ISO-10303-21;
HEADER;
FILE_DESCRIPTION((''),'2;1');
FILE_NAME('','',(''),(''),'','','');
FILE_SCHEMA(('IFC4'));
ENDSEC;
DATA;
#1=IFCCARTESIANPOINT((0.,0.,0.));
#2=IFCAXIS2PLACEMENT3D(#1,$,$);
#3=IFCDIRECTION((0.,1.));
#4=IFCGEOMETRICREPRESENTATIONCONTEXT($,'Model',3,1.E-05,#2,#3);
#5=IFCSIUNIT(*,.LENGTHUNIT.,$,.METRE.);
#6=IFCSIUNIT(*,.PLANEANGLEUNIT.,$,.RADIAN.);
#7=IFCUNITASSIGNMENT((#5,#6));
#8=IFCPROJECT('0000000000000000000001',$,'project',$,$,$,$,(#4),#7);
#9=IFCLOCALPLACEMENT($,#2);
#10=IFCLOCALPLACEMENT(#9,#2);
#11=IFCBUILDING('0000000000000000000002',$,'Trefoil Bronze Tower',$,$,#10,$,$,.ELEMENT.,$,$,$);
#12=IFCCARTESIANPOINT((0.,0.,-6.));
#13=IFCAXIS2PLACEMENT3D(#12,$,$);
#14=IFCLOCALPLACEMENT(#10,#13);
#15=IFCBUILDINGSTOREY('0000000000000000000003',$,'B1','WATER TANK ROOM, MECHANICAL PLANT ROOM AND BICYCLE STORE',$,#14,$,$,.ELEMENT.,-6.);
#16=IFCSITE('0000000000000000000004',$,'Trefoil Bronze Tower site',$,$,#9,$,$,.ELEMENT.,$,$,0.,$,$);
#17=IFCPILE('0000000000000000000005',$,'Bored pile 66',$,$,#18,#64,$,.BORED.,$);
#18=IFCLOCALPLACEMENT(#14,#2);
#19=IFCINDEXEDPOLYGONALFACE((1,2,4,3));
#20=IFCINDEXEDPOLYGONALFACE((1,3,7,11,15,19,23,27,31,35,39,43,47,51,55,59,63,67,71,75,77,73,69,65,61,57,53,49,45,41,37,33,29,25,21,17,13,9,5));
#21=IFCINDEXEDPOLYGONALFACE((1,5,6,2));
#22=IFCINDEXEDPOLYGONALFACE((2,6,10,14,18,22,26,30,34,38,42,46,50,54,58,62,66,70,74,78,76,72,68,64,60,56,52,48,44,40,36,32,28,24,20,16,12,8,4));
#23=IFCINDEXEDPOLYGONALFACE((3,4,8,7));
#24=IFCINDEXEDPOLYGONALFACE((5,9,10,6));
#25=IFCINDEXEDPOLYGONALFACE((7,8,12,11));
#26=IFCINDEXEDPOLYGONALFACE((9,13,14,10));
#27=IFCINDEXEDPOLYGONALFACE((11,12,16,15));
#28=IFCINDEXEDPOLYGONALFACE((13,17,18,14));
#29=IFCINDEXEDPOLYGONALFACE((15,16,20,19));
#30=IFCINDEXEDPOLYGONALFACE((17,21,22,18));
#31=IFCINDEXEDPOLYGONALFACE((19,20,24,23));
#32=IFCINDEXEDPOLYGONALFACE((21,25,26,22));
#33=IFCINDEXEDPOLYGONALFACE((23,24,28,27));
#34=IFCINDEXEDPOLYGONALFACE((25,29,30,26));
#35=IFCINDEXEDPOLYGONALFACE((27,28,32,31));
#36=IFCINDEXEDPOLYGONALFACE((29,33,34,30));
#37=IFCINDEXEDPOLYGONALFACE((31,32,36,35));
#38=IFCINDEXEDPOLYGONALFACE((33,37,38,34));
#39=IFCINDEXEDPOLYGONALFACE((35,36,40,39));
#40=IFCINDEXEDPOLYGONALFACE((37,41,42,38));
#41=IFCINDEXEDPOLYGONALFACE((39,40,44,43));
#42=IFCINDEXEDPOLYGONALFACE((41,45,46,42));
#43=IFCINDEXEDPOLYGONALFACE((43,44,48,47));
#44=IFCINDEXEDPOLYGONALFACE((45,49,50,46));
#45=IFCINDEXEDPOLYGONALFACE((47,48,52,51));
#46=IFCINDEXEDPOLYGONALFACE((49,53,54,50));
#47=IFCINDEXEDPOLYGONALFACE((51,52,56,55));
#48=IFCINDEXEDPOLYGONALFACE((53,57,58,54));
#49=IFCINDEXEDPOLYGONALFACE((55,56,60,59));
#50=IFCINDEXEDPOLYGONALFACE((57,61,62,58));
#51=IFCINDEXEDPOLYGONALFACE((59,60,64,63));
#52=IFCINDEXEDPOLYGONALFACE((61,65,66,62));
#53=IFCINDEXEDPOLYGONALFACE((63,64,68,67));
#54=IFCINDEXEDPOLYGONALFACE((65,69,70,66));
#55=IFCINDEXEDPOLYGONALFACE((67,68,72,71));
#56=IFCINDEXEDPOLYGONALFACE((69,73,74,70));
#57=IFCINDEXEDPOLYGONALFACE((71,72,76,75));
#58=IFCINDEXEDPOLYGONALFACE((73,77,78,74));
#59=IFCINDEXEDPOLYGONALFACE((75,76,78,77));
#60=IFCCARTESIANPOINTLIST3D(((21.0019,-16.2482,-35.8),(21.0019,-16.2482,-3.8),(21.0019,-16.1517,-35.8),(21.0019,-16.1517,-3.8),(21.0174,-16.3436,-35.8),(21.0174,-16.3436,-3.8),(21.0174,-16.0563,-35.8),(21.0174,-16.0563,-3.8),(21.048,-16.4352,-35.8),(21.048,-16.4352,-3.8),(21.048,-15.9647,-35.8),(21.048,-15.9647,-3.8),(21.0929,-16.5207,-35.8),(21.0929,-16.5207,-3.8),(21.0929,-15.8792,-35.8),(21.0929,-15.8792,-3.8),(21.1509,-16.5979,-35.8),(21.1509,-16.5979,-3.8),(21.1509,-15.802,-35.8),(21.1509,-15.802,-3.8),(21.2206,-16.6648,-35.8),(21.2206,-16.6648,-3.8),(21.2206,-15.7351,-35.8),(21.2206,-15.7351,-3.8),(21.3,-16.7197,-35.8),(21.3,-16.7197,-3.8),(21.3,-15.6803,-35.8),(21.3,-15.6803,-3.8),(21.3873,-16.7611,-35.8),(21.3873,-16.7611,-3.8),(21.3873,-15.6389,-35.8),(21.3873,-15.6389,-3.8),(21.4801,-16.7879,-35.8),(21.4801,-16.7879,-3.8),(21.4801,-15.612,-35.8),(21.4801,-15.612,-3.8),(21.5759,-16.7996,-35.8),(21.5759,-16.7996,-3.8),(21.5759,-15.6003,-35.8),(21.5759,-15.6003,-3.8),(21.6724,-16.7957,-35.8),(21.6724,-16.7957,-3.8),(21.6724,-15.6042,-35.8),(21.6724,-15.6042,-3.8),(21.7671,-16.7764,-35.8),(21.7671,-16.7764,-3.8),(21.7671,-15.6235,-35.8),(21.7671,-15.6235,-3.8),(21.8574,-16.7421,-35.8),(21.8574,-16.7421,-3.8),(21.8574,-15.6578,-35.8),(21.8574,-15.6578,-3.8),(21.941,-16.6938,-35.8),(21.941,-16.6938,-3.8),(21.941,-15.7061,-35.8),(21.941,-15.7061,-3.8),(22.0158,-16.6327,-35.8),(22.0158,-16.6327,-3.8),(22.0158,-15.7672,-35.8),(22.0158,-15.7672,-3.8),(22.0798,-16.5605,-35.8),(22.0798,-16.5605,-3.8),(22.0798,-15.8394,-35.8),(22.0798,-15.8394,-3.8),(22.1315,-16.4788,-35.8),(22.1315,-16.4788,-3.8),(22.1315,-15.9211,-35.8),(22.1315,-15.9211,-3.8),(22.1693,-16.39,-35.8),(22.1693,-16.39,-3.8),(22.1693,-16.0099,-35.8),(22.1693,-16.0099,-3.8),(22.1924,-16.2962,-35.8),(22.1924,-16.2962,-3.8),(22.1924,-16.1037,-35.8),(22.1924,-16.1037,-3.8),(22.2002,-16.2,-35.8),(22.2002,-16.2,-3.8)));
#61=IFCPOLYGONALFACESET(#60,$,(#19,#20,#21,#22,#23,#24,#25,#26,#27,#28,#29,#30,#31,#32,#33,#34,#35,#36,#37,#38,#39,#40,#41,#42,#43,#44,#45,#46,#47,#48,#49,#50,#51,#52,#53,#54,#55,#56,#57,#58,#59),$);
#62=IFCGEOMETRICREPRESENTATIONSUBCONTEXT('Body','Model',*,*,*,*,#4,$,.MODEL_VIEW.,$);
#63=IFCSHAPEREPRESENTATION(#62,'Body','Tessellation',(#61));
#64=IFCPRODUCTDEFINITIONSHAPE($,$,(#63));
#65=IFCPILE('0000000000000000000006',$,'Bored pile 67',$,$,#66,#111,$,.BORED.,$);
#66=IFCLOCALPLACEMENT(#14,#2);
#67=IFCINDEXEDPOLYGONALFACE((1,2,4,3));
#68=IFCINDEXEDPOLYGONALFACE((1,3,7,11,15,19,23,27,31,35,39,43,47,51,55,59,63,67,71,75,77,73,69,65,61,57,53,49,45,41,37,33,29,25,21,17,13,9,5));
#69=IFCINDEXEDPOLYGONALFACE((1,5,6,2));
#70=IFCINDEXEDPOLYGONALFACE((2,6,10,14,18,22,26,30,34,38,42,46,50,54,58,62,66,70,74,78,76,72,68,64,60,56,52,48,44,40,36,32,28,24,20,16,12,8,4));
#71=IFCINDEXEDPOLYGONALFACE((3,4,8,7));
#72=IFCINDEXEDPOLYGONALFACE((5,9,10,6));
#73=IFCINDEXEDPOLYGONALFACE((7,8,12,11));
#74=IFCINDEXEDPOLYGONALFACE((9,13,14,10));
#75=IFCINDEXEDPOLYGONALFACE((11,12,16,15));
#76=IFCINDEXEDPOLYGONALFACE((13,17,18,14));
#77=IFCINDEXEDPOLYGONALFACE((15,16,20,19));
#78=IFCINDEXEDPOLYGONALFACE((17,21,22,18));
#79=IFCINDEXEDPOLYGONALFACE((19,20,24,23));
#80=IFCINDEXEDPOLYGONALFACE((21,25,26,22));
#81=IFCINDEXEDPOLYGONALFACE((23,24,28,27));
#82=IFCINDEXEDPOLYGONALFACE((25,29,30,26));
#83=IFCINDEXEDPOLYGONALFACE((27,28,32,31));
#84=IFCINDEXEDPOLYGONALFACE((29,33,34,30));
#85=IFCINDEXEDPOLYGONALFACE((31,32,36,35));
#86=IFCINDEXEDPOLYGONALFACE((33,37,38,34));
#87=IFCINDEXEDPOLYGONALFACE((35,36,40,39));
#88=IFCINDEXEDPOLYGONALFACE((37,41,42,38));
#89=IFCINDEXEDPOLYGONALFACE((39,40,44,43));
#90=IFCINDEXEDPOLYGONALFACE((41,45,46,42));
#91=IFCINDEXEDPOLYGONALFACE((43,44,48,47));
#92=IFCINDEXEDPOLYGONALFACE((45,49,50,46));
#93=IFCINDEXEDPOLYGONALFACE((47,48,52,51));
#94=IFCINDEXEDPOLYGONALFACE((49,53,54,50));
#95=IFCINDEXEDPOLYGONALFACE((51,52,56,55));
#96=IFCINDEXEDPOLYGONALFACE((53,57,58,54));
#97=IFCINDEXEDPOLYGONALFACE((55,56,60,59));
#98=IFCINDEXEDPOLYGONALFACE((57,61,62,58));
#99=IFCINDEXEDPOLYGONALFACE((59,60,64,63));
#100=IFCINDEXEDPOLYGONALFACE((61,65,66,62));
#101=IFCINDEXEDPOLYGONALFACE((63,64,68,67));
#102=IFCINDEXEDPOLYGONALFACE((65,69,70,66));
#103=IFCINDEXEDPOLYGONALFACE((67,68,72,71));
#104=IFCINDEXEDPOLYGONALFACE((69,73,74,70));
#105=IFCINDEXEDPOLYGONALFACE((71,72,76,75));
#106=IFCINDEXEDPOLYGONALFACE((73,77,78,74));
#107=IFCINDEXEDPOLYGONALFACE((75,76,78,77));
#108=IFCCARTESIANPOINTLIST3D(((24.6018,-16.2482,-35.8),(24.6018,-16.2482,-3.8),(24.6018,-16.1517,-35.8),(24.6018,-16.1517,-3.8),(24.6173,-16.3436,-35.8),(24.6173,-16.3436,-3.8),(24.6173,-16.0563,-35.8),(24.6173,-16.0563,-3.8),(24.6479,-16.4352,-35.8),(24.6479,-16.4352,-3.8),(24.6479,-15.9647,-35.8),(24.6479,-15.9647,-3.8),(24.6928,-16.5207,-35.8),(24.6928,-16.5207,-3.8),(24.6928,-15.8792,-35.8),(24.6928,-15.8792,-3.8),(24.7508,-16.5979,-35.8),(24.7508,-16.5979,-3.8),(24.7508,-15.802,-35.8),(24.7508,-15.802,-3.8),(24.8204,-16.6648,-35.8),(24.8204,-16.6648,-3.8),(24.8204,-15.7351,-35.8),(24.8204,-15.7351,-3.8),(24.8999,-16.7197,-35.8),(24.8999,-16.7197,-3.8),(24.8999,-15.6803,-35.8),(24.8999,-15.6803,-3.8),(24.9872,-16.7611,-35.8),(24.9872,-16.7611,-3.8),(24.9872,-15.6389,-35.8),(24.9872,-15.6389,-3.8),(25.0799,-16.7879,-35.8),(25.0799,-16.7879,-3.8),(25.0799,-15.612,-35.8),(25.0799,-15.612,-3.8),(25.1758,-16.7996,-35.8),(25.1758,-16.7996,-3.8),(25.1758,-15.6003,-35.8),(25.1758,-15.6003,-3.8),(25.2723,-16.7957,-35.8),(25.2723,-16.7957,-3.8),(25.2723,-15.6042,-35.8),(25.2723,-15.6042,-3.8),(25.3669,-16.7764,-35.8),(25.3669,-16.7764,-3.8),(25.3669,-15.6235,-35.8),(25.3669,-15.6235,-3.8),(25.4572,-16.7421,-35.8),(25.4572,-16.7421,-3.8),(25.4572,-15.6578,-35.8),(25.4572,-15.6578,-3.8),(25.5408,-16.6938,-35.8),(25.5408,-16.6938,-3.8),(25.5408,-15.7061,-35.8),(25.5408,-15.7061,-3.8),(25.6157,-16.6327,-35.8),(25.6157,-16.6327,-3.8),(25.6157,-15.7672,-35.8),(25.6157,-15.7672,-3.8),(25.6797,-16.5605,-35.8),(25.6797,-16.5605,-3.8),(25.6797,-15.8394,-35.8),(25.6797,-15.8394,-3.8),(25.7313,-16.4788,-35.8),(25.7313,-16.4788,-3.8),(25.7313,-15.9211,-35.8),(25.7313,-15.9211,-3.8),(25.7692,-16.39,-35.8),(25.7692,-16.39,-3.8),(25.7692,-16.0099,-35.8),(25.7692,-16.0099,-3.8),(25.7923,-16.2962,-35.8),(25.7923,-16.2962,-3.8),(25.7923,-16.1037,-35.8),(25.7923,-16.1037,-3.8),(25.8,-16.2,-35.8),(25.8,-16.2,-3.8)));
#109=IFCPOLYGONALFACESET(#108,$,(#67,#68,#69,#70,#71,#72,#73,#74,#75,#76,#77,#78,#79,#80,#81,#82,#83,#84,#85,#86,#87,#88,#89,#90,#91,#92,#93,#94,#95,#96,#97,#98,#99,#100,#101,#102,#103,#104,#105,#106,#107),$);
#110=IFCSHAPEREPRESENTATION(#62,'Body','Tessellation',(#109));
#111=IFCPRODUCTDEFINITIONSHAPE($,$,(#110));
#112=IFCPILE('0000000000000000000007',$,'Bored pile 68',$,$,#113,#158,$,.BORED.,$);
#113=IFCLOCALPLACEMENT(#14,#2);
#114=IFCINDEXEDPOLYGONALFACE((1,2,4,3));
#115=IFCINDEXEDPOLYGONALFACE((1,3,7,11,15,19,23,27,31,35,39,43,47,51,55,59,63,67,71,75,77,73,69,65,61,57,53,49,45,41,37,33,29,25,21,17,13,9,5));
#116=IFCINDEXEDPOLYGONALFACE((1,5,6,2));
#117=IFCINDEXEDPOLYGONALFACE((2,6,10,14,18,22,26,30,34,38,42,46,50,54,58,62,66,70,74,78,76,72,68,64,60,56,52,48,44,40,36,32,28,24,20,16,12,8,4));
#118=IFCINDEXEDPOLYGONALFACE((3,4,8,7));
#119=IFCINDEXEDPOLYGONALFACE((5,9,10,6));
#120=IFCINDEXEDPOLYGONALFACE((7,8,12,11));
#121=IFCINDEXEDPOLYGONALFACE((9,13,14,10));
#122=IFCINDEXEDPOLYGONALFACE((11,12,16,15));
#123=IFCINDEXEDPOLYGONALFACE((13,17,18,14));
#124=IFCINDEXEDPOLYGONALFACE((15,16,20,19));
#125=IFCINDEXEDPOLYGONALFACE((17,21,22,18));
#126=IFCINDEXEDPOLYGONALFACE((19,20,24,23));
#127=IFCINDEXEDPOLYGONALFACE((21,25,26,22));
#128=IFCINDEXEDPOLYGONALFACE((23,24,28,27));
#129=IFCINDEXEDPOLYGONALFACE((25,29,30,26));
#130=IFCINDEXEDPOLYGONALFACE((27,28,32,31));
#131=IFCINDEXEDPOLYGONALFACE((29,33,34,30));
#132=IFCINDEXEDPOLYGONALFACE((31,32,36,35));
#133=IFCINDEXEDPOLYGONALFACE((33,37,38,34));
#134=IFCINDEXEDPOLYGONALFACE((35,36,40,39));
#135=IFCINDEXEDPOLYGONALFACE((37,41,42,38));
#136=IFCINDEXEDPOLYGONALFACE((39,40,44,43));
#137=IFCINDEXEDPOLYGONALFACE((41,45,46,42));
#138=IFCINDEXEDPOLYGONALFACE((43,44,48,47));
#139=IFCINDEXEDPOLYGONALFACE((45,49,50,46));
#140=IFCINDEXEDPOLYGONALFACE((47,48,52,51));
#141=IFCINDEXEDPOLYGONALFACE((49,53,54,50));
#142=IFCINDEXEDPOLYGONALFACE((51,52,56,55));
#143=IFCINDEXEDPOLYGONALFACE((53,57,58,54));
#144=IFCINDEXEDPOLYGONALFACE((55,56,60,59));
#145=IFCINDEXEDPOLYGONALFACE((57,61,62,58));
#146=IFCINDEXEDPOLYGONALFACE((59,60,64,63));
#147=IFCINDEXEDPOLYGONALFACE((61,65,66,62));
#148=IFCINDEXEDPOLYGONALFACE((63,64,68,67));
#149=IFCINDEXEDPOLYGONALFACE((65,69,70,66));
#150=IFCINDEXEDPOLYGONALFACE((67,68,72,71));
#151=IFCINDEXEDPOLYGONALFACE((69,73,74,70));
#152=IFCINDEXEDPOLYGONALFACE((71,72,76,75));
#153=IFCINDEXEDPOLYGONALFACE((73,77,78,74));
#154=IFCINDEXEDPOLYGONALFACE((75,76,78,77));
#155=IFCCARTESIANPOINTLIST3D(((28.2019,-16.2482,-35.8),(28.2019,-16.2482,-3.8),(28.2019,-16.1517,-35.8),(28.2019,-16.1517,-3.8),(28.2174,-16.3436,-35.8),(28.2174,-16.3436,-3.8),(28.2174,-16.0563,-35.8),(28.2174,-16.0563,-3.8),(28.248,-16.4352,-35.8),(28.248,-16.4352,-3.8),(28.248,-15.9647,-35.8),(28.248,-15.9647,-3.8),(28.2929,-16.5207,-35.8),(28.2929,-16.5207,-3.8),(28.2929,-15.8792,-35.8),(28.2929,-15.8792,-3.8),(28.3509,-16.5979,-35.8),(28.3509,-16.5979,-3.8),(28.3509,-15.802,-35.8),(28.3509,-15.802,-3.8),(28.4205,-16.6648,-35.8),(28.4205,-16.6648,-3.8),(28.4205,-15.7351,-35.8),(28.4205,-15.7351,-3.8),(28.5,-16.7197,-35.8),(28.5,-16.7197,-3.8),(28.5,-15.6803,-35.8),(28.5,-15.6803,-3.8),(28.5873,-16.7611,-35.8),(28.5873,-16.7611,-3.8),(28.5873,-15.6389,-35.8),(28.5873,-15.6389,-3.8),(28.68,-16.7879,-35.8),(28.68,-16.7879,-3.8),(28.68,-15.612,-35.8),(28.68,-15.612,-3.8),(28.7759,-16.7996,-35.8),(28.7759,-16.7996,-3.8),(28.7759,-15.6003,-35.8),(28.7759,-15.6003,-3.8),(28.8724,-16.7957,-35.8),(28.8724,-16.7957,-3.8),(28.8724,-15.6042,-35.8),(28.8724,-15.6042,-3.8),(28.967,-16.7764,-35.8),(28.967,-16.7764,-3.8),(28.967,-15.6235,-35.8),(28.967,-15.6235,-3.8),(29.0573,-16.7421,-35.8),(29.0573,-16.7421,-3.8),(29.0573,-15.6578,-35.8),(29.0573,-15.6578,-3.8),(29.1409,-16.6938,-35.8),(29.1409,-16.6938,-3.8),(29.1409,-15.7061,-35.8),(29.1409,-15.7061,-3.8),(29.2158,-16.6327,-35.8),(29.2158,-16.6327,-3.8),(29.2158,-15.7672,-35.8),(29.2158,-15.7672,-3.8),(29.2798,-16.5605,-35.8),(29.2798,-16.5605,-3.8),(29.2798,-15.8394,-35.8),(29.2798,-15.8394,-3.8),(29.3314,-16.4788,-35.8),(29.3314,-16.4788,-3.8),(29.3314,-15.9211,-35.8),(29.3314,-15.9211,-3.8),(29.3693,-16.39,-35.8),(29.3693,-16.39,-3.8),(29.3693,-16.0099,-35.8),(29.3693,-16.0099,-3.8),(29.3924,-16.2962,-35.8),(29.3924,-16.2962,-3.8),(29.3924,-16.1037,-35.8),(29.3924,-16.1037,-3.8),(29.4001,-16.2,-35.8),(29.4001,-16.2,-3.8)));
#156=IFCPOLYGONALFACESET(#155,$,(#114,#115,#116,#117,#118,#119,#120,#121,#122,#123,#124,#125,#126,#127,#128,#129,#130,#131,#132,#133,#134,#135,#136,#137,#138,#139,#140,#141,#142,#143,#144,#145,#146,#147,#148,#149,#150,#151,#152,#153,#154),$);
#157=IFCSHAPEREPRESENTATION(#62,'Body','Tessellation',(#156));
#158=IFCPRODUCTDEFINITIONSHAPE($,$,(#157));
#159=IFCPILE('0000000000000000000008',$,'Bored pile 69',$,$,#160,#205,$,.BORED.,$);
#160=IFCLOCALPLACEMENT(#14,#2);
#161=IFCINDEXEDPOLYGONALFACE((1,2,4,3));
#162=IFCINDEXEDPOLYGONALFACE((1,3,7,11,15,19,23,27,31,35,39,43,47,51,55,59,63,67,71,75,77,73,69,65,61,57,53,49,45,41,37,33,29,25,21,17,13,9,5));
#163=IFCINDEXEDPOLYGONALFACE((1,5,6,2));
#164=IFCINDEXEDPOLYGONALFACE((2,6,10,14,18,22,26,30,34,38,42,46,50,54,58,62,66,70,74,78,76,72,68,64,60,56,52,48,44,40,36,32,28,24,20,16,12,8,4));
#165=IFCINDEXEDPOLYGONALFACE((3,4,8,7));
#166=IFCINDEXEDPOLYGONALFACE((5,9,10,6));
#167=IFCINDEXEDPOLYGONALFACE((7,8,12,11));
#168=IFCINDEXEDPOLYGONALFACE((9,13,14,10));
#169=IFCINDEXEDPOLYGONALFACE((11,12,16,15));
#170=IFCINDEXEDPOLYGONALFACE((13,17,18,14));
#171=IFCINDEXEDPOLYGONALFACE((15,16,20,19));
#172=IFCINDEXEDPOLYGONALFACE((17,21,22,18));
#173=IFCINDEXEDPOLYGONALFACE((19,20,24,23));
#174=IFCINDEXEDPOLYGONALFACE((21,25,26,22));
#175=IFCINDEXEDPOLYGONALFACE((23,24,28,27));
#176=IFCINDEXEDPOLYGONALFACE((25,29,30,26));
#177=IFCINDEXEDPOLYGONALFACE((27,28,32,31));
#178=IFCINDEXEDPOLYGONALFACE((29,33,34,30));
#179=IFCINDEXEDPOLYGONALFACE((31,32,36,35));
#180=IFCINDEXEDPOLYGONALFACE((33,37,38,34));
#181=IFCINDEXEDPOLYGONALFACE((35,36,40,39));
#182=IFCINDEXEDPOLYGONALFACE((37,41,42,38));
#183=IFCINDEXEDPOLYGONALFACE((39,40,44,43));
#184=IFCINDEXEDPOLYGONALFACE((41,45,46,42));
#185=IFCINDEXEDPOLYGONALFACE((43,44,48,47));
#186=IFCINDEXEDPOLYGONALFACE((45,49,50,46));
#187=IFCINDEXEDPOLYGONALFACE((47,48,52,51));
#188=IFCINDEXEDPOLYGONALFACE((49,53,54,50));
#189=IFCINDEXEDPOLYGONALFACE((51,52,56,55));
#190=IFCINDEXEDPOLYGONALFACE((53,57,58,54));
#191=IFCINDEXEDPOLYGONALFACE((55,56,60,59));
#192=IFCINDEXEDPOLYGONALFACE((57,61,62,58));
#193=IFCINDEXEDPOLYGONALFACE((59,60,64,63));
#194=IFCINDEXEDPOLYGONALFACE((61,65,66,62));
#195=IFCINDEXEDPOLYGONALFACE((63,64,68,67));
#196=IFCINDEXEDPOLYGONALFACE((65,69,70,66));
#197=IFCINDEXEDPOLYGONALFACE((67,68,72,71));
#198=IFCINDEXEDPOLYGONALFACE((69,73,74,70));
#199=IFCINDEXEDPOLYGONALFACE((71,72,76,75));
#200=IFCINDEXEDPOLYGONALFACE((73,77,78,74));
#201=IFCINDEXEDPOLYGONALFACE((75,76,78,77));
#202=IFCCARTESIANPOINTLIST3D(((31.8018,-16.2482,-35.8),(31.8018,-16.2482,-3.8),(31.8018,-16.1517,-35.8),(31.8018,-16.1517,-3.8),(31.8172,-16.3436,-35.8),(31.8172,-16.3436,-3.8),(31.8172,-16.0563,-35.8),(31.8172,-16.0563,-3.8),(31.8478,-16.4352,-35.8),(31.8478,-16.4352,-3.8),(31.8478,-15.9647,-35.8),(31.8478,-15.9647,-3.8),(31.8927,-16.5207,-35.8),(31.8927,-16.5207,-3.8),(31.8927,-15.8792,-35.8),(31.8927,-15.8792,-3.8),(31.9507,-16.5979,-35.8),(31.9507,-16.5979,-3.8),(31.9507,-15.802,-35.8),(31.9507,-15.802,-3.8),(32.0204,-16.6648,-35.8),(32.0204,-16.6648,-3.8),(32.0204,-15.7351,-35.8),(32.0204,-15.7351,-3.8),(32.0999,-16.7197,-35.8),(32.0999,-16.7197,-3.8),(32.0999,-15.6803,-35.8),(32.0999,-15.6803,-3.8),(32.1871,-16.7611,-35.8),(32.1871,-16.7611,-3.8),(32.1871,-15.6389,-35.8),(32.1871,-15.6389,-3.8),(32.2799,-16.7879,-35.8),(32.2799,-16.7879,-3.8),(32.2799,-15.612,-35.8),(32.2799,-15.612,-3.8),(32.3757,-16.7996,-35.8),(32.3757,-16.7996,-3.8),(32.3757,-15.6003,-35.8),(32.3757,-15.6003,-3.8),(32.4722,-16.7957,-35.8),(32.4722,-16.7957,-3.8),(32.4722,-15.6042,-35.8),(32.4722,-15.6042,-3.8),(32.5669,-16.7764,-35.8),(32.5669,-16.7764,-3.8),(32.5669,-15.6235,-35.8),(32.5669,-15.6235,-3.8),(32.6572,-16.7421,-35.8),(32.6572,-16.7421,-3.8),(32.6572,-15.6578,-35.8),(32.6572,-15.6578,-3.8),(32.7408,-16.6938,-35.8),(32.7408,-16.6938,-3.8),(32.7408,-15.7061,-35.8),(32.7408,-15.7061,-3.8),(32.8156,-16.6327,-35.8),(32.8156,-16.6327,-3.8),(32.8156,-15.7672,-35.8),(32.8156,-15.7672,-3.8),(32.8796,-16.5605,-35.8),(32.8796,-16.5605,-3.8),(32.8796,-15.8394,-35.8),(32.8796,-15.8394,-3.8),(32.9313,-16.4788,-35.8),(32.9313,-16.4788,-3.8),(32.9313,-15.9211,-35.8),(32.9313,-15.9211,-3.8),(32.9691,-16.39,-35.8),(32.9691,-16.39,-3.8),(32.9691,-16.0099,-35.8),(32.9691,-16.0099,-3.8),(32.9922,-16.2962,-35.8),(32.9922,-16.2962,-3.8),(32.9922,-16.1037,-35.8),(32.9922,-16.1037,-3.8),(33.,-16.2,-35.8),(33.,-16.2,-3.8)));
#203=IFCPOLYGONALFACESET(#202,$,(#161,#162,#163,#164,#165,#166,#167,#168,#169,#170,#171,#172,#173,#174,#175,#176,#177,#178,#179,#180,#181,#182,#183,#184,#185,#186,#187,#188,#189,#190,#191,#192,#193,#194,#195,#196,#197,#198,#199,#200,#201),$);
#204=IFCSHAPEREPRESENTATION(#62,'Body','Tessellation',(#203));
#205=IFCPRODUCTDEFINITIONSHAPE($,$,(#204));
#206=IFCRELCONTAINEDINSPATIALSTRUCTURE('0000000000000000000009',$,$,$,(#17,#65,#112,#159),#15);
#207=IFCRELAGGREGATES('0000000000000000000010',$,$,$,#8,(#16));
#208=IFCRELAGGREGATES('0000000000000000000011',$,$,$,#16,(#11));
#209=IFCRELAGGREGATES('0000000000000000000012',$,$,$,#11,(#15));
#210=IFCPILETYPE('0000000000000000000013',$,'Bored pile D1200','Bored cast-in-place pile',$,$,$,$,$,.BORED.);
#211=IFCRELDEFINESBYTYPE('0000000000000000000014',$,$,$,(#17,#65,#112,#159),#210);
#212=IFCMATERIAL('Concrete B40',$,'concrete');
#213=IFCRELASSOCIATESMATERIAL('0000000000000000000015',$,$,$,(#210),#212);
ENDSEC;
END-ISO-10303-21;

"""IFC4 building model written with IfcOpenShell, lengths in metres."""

from ifc_helpers import new_model, si_unit, direction, frame, origin, origin_2d, place, context, subcontext, project, spatial, circle, extrude, material, type_object, element, save


model = new_model("IFC4")

# Units and contexts
model_context = context("Model", 3, precision=1e-05, world=origin(), true_north=direction((0.0, 1.0)))
body_context = subcontext(model_context, "Body", "Model", "MODEL_VIEW")
ifc_project = project(units=[si_unit("LENGTHUNIT", "METRE"), si_unit("PLANEANGLEUNIT", "RADIAN")], contexts=[model_context])

# Site, building, storey
site_placement = place(None, origin())
site = spatial("IfcSite", under=ifc_project, at=site_placement, Name="Trefoil Bronze Tower site", CompositionType="ELEMENT", RefElevation=0.0)
building_placement = place(site_placement, origin())
building = spatial("IfcBuilding", under=site, at=building_placement, Name="Trefoil Bronze Tower", CompositionType="ELEMENT")
storey_placement = place(building_placement, frame((0.0, 0.0, -6.0)))
storey = spatial("IfcBuildingStorey", under=building, at=storey_placement, Name="B1", Description="WATER TANK ROOM, MECHANICAL PLANT ROOM AND BICYCLE STORE", CompositionType="ELEMENT", Elevation=-6.0)

# Piles
ifc_material_1 = material(Name="Concrete B40", Category="concrete")
pile_type = type_object("IfcPileType", Name="Bored pile D1200", Description="Bored cast-in-place pile", PredefinedType="BORED", material=ifc_material_1)
for number, where, z_axis, x_axis, name in (
    (1, (21.6001, -16.2, -3.8), (0.0, 0.0, -1.0), (1.0, 0.0, 0.0), "Bored pile 66"),
    (2, (25.2, -16.2, -3.8), (0.0, 0.0, -1.0), (1.0, 0.0, 0.0), "Bored pile 67"),
    (3, (28.8, -16.2, -3.8), (0.0, 0.0, -1.0), (1.0, 0.0, 0.0), "Bored pile 68"),
    (4, (32.3999, -16.2, -3.8), (0.0, 0.0, -1.0), (1.0, 0.0, 0.0), "Bored pile 69"),
):
    element("IfcPile", number, at=place(storey_placement, frame(where, z_axis=z_axis, x_axis=x_axis)), inside=storey, type_object=pile_type, Name=name, PredefinedType="BORED", context=body_context, shape_type="SweptSolid", body=[
        extrude(circle(Radius=0.6001, at=origin_2d()), origin(), (0.0, 0.0, 1.0), 32.0),
    ])

save(model, "model.ifc")
